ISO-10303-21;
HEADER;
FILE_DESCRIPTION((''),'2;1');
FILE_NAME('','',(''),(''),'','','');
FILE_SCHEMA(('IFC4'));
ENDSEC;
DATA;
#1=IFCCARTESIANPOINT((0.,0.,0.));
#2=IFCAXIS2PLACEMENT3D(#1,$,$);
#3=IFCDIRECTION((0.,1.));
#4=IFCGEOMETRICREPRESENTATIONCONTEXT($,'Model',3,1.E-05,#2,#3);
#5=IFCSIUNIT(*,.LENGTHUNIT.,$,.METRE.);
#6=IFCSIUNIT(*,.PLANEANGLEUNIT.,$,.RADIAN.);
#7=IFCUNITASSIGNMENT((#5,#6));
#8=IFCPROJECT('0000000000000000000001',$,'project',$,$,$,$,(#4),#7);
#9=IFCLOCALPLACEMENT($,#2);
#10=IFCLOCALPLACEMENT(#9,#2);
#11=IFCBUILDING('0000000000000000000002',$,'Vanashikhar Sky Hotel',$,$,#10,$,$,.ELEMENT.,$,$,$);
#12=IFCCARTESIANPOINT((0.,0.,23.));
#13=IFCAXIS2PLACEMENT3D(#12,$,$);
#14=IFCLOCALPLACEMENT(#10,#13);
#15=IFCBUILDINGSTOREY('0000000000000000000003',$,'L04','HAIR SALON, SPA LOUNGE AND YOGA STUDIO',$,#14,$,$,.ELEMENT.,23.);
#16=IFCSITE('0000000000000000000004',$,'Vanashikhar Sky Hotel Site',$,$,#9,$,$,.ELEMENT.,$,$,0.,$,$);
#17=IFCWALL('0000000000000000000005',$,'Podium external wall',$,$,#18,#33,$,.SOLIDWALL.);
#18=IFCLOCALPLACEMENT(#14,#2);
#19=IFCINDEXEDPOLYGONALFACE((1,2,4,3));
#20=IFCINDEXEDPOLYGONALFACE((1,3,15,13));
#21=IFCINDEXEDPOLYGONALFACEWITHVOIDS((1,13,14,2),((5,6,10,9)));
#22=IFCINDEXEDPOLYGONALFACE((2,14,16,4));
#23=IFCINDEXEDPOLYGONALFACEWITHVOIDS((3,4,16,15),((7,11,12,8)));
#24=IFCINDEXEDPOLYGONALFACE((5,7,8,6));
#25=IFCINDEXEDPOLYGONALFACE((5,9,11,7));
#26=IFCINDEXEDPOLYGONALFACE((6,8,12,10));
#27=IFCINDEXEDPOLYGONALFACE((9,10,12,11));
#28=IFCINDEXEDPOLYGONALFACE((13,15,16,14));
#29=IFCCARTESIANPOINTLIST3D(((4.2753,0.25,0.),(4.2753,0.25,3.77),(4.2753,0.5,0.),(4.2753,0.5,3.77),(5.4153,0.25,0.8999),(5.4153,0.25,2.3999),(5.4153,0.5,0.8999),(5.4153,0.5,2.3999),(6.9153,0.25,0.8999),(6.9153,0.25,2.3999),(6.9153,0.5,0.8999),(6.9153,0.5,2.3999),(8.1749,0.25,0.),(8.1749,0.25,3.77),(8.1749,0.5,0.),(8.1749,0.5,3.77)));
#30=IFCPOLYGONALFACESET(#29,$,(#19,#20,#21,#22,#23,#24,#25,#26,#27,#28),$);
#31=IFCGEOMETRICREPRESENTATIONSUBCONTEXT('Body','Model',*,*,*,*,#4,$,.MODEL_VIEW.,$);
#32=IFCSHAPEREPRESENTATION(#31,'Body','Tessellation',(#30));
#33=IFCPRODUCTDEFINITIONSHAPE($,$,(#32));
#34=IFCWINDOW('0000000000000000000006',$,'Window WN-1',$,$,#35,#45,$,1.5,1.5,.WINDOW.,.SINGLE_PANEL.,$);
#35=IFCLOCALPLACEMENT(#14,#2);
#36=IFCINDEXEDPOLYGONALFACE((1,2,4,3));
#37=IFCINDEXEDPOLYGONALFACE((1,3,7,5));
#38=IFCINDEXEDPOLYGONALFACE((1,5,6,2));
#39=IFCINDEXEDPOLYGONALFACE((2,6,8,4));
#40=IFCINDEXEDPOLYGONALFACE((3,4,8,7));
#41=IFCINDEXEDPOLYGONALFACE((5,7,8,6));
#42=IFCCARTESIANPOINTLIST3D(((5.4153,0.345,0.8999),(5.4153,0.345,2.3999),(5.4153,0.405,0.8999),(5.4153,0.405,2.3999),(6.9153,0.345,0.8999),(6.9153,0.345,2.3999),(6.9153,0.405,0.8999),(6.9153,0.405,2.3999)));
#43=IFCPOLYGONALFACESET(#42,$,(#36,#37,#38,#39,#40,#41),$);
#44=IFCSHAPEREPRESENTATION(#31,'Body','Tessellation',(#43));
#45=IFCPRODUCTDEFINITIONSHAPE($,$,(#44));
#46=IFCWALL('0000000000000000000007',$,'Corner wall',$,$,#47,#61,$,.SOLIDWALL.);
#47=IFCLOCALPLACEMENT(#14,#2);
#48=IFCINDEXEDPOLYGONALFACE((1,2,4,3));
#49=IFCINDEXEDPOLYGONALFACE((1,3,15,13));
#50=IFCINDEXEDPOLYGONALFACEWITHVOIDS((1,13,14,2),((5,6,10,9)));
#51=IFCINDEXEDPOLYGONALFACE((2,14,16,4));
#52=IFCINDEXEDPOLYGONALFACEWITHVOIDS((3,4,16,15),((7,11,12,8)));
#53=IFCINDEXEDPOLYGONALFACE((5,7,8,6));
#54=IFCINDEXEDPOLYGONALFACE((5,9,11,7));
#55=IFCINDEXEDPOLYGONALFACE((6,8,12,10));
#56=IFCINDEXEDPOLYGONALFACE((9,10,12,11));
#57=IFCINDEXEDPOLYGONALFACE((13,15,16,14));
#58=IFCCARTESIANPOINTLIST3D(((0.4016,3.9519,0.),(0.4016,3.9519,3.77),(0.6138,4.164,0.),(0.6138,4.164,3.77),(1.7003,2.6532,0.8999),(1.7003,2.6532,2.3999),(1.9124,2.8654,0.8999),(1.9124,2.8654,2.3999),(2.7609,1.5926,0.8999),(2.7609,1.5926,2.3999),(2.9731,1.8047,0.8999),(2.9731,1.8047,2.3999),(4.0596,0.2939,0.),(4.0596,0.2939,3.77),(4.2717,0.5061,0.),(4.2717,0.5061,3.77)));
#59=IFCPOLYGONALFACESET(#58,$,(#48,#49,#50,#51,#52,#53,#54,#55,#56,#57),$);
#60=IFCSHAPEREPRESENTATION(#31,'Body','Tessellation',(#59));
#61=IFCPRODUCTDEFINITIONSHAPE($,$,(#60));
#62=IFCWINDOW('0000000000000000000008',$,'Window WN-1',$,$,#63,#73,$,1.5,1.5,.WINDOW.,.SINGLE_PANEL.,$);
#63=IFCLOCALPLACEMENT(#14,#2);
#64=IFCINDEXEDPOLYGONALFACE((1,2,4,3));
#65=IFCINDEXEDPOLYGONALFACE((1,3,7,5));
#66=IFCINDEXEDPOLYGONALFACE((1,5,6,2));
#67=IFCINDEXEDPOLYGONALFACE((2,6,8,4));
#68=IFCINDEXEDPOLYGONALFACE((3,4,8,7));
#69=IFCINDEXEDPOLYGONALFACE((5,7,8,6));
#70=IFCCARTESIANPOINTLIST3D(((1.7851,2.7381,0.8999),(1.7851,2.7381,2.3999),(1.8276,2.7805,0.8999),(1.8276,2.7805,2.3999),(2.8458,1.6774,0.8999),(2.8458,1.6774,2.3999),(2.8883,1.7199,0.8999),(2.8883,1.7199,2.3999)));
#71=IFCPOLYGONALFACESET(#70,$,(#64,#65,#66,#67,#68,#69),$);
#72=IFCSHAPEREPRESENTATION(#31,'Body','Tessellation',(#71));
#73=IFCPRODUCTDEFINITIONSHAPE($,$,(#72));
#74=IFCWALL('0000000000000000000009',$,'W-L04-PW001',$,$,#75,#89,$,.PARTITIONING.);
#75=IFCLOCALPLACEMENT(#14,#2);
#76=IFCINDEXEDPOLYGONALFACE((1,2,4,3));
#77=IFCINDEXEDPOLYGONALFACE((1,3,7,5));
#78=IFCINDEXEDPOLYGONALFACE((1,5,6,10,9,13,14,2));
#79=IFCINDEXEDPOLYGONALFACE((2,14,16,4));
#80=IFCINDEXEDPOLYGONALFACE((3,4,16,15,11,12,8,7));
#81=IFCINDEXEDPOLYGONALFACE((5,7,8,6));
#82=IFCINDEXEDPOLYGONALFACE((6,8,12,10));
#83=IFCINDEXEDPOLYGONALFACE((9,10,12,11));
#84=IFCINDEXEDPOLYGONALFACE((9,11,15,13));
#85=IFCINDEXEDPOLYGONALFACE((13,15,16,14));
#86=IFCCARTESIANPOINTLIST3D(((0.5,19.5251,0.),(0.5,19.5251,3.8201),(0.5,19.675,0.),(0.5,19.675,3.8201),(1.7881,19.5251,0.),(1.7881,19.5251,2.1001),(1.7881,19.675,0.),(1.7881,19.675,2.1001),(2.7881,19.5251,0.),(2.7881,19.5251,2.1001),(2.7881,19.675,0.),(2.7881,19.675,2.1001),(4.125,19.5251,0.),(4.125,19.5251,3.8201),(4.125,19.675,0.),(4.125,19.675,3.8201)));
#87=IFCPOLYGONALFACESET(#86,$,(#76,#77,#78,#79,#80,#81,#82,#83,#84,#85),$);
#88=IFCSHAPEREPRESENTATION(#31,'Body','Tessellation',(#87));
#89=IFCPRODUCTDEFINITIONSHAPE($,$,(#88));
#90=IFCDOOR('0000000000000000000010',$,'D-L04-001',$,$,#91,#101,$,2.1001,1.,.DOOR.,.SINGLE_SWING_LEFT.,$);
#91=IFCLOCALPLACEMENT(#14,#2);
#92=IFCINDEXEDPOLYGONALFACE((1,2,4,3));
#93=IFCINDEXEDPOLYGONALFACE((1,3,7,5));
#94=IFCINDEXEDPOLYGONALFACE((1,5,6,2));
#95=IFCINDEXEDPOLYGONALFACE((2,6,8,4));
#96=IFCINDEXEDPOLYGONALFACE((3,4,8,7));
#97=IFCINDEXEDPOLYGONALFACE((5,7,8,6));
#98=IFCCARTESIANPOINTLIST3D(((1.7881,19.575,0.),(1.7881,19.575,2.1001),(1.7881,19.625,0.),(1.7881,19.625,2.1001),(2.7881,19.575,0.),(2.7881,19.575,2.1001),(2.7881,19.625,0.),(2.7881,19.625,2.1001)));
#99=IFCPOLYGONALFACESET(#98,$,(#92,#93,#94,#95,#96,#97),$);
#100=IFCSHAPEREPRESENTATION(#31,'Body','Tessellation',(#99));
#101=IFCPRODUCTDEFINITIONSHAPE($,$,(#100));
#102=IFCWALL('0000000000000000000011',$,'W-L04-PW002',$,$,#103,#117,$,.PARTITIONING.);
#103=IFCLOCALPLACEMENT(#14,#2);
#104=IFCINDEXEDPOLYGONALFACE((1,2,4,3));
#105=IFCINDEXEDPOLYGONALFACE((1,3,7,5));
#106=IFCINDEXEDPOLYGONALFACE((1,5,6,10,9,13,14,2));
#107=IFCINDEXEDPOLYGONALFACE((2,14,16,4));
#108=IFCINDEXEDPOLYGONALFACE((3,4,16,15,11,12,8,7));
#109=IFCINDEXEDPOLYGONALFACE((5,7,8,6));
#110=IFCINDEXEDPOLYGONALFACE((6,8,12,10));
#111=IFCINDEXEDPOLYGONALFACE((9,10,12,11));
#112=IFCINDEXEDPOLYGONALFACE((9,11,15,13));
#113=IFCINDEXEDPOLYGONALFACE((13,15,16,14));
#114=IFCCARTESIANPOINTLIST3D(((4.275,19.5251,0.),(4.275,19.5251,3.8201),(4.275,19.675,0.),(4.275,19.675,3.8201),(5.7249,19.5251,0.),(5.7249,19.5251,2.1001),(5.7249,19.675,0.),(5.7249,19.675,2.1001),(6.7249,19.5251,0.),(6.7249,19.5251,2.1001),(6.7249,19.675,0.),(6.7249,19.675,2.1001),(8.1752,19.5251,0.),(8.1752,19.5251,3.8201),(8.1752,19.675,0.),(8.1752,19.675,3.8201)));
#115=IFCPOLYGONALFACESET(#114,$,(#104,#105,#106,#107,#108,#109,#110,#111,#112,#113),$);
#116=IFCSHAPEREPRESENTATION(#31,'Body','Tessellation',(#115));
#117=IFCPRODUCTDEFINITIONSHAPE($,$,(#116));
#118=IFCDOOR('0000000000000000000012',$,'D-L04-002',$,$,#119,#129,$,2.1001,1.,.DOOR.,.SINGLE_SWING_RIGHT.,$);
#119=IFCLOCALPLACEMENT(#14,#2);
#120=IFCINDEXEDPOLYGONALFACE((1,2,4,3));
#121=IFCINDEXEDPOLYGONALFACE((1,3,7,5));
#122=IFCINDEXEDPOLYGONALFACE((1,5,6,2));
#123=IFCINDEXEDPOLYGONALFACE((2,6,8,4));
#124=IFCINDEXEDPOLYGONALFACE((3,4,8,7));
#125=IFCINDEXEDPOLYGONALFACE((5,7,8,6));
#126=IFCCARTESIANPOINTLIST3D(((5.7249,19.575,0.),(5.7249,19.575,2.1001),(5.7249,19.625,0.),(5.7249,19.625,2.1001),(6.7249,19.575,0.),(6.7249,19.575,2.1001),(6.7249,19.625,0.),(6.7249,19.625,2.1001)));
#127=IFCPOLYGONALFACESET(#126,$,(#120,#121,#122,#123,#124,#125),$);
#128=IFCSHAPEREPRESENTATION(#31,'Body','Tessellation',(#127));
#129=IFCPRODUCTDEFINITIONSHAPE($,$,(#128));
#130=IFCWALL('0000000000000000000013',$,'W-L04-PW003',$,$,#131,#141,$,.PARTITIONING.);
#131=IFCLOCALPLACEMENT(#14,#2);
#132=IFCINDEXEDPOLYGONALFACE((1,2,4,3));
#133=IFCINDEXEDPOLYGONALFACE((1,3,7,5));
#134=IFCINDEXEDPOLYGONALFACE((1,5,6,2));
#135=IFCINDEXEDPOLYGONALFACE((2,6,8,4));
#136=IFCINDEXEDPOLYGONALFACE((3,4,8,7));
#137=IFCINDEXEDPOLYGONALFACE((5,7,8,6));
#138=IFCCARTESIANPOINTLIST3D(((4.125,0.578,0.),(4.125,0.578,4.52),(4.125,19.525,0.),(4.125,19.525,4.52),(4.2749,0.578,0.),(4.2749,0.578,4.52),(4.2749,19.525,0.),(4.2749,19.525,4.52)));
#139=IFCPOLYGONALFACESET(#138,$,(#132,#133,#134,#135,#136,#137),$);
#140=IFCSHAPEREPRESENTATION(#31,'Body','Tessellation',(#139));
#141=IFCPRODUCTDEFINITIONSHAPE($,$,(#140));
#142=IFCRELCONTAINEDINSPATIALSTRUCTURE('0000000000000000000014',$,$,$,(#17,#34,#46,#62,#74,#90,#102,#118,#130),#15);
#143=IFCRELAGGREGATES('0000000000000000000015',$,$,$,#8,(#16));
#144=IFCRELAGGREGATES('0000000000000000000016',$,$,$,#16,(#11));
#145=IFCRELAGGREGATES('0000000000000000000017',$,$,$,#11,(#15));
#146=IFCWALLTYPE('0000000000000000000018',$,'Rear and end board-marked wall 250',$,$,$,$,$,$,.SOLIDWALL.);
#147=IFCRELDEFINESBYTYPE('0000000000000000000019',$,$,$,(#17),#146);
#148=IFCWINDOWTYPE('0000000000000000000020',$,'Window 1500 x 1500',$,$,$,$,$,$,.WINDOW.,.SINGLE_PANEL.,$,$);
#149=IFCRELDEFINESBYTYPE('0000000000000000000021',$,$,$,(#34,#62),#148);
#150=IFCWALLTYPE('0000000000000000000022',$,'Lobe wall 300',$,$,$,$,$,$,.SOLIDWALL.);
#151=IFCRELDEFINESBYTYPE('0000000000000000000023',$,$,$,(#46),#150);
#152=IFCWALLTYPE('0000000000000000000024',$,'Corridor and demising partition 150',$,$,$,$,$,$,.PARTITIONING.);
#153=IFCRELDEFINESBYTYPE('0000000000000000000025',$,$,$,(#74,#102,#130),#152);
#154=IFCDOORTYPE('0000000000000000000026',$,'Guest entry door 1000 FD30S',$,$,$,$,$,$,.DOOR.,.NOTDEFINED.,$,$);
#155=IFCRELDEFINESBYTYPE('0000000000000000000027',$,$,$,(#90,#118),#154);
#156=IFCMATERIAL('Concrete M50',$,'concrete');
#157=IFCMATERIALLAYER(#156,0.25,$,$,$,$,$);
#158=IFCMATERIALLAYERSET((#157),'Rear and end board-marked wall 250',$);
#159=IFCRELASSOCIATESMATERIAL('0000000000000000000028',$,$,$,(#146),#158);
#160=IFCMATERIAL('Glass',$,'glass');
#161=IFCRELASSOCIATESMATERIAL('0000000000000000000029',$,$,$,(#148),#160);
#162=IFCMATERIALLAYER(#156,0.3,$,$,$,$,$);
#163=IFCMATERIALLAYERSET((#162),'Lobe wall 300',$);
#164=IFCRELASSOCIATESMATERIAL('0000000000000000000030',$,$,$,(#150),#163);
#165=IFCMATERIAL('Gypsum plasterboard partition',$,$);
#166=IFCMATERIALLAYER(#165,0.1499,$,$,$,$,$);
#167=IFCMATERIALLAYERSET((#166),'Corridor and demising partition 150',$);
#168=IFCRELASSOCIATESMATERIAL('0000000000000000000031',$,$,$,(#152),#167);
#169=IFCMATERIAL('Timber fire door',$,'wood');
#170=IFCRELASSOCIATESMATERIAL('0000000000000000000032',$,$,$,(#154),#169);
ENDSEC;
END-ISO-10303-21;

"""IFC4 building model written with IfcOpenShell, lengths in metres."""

from ifc_helpers import new_model, si_unit, direction, frame, frame_2d, origin, place, context, subcontext, project, spatial, rectangle, extrude, source, transform, mapped, material, layer, layer_set, type_object, element, fill, save


model = new_model("IFC4")

# Units and contexts
model_context = context("Model", 3, precision=1e-05, world=origin(), true_north=direction((0.0, 1.0)))
body_context = subcontext(model_context, "Body", "Model", "MODEL_VIEW")
ifc_project = project(units=[si_unit("LENGTHUNIT", "METRE"), si_unit("PLANEANGLEUNIT", "RADIAN")], contexts=[model_context])

# Site, building, storey
site_placement = place(None, origin())
site = spatial("IfcSite", under=ifc_project, at=site_placement, Name="Vanashikhar Sky Hotel Site", CompositionType="ELEMENT", RefElevation=0.0)
building_placement = place(site_placement, origin())
building = spatial("IfcBuilding", under=site, at=building_placement, Name="Vanashikhar Sky Hotel", CompositionType="ELEMENT")
storey_placement = place(building_placement, frame((0.0, 0.0, 23.0)))
storey = spatial("IfcBuildingStorey", under=building, at=storey_placement, Name="L04", Description="HAIR SALON, SPA LOUNGE AND YOGA STUDIO", CompositionType="ELEMENT", Elevation=23.0)

# Shared definitions
ifc_material_1 = material(Name="Concrete M50", Category="concrete")

# Walls, openings, windows
ifc_layer_1 = layer(ifc_material_1, 0.25)
ifc_layer_set_1 = layer_set([ifc_layer_1], Name="Rear and end board-marked wall 250")
wall_type_1 = type_object("IfcWallType", Name="Rear and end board-marked wall 250", PredefinedType="SOLIDWALL", material=ifc_layer_set_1)
shared_shape_1 = source(origin(), body_context, "Body", "SweptSolid", [
    extrude(rectangle(XDim=1.5, YDim=1.5, at=frame_2d((0.75, 0.75))), frame((0.0, 0.135, 0.0), z_axis=(0.0, -1.0, 0.0), x_axis=(1.0, 0.0, 0.0)), (0.0, 0.0, 1.0), 0.27),
])
ifc_material_2 = material(Name="Glass", Category="glass")
window_type = type_object("IfcWindowType", Name="Window 1500 x 1500", PartitioningType="SINGLE_PANEL", PredefinedType="WINDOW", material=ifc_material_2)
shared_shape_2 = source(origin(), body_context, "Body", "SweptSolid", [
    extrude(rectangle(XDim=1.5, YDim=1.5, at=frame_2d((0.75, 0.75))), frame((0.0, 0.03, 0.0), z_axis=(0.0, -1.0, 0.0), x_axis=(1.0, 0.0, 0.0)), (0.0, 0.0, 1.0), 0.0601),
])
shared_shape_3 = source(origin(), body_context, "Body", "SweptSolid", [
    extrude(rectangle(XDim=3.8997, YDim=0.25, at=frame_2d((1.9497, 0.0))), origin(), (0.0, 0.0, 1.0), 3.77),
])
wall_1_placement = place(storey_placement, frame((4.2754, 0.375, 0.0), z_axis=(0.0, 0.0, 1.0), x_axis=(1.0, 0.0, 0.0)))
wall_1 = element("IfcWall", 1, at=wall_1_placement, inside=storey, type_object=wall_type_1, Name="Podium external wall", PredefinedType="SOLIDWALL", context=body_context, shape_type="MappedRepresentation", body=[
    mapped(shared_shape_3, transform((0.0, 0.0, 0.0), scale=1.0)),
])
opening_1_placement = place(wall_1_placement, frame((1.1399, 0.0, 0.8999)))
opening_1 = element("IfcOpeningElement", 2, at=opening_1_placement, cuts=wall_1, PredefinedType="OPENING", context=body_context, shape_type="MappedRepresentation", body=[
    mapped(shared_shape_1, transform((0.0, 0.0, 0.0), scale=1.0)),
])
window_1_placement = place(opening_1_placement, origin())
window_1 = element("IfcWindow", 3, at=window_1_placement, inside=storey, type_object=window_type, Name="Window WN-1", OverallHeight=1.5, OverallWidth=1.5, PartitioningType="SINGLE_PANEL", PredefinedType="WINDOW", context=body_context, shape_type="MappedRepresentation", body=[
    mapped(shared_shape_2, transform((0.0, 0.0, 0.0), scale=1.0)),
])
fill(opening_1, window_1)
ifc_layer_2 = layer(ifc_material_1, 0.3)
ifc_layer_set_2 = layer_set([ifc_layer_2], Name="Lobe wall 300")
wall_type_2 = type_object("IfcWallType", Name="Lobe wall 300", PredefinedType="SOLIDWALL", material=ifc_layer_set_2)
shared_shape_4 = source(origin(), body_context, "Body", "SweptSolid", [
    extrude(rectangle(XDim=5.1731, YDim=0.3, at=frame_2d((2.5864, 0.0))), origin(), (0.0, 0.0, 1.0), 3.77),
])
wall_2_placement = place(storey_placement, frame((0.5078, 4.0579, 0.0), z_axis=(0.0, 0.0, 1.0), x_axis=(0.707107, -0.707107, 0.0)))
wall_2 = element("IfcWall", 4, at=wall_2_placement, inside=storey, type_object=wall_type_2, Name="Corner wall", PredefinedType="SOLIDWALL", context=body_context, shape_type="MappedRepresentation", body=[
    mapped(shared_shape_4, transform((0.0, 0.0, 0.0), scale=1.0)),
])
shared_shape_5 = source(origin(), body_context, "Body", "SweptSolid", [
    extrude(rectangle(XDim=1.5, YDim=1.5, at=frame_2d((0.75, 0.75))), frame((0.0, 0.1602, 0.0), z_axis=(0.0, -1.0, 0.0), x_axis=(1.0, 0.0, 0.0)), (0.0, 0.0, 1.0), 0.3201),
])
opening_2_placement = place(wall_2_placement, frame((1.8364, 0.0, 0.8999)))
opening_2 = element("IfcOpeningElement", 5, at=opening_2_placement, cuts=wall_2, PredefinedType="OPENING", context=body_context, shape_type="MappedRepresentation", body=[
    mapped(shared_shape_5, transform((0.0, 0.0, 0.0), scale=1.0)),
])
window_2_placement = place(opening_2_placement, origin())
window_2 = element("IfcWindow", 6, at=window_2_placement, inside=storey, type_object=window_type, Name="Window WN-1", OverallHeight=1.5, OverallWidth=1.5, PartitioningType="SINGLE_PANEL", PredefinedType="WINDOW", context=body_context, shape_type="MappedRepresentation", body=[
    mapped(shared_shape_2, transform((0.0, 0.0, 0.0), scale=1.0)),
])
fill(opening_2, window_2)

# Walls, openings, doors
ifc_material_3 = material(Name="Gypsum plasterboard partition")
ifc_layer_3 = layer(ifc_material_3, 0.1499)
ifc_layer_set_3 = layer_set([ifc_layer_3], Name="Corridor and demising partition 150")
wall_type_3 = type_object("IfcWallType", Name="Corridor and demising partition 150", PredefinedType="PARTITIONING", material=ifc_layer_set_3)
shared_shape_6 = source(origin(), body_context, "Body", "SweptSolid", [
    extrude(rectangle(XDim=3.625, YDim=0.1499, at=frame_2d((1.8125, 0.0))), origin(), (0.0, 0.0, 1.0), 3.8201),
])
wall_3_placement = place(storey_placement, frame((0.5, 19.6001, 0.0), z_axis=(0.0, 0.0, 1.0), x_axis=(1.0, 0.0, 0.0)))
wall_3 = element("IfcWall", 7, at=wall_3_placement, inside=storey, type_object=wall_type_3, Name="W-L04-PW001", PredefinedType="PARTITIONING", context=body_context, shape_type="MappedRepresentation", body=[
    mapped(shared_shape_6, transform((0.0, 0.0, 0.0), scale=1.0)),
])
shared_shape_7 = source(origin(), body_context, "Body", "SweptSolid", [
    extrude(rectangle(XDim=1.0, YDim=2.1001, at=frame_2d((0.5, 1.05))), frame((0.0, 0.085, 0.0), z_axis=(0.0, -1.0, 0.0), x_axis=(1.0, 0.0, 0.0)), (0.0, 0.0, 1.0), 0.1699),
])
opening_3_placement = place(wall_3_placement, frame((1.2881, 0.0, 0.0)))
opening_3 = element("IfcOpeningElement", 8, at=opening_3_placement, cuts=wall_3, PredefinedType="OPENING", context=body_context, shape_type="MappedRepresentation", body=[
    mapped(shared_shape_7, transform((0.0, 0.0, 0.0), scale=1.0)),
])
ifc_material_4 = material(Name="Timber fire door", Category="wood")
door_type = type_object("IfcDoorType", Name="Guest entry door 1000 FD30S", OperationType="NOTDEFINED", PredefinedType="DOOR", material=ifc_material_4)
shared_shape_8 = source(origin(), body_context, "Body", "SweptSolid", [
    extrude(rectangle(XDim=1.0, YDim=2.1001, at=frame_2d((0.5, 1.05))), frame((0.0, 0.0249, 0.0), z_axis=(0.0, -1.0, 0.0), x_axis=(1.0, 0.0, 0.0)), (0.0, 0.0, 1.0), 0.05),
])
door_1_placement = place(opening_3_placement, origin())
door_1 = element("IfcDoor", 9, at=door_1_placement, inside=storey, type_object=door_type, Name="D-L04-001", OperationType="SINGLE_SWING_LEFT", OverallHeight=2.1001, OverallWidth=1.0, PredefinedType="DOOR", context=body_context, shape_type="MappedRepresentation", body=[
    mapped(shared_shape_8, transform((0.0, 0.0, 0.0), scale=1.0)),
])
fill(opening_3, door_1)
shared_shape_9 = source(origin(), body_context, "Body", "SweptSolid", [
    extrude(rectangle(XDim=3.9001, YDim=0.1499, at=frame_2d((1.9502, 0.0))), origin(), (0.0, 0.0, 1.0), 3.8201),
])
wall_4_placement = place(storey_placement, frame((4.2749, 19.6001, 0.0), z_axis=(0.0, 0.0, 1.0), x_axis=(1.0, 0.0, 0.0)))
wall_4 = element("IfcWall", 10, at=wall_4_placement, inside=storey, type_object=wall_type_3, Name="W-L04-PW002", PredefinedType="PARTITIONING", context=body_context, shape_type="MappedRepresentation", body=[
    mapped(shared_shape_9, transform((0.0, 0.0, 0.0), scale=1.0)),
])
opening_4_placement = place(wall_4_placement, frame((1.45, 0.0, 0.0)))
opening_4 = element("IfcOpeningElement", 11, at=opening_4_placement, cuts=wall_4, PredefinedType="OPENING", context=body_context, shape_type="MappedRepresentation", body=[
    mapped(shared_shape_7, transform((0.0, 0.0, 0.0), scale=1.0)),
])
door_2_placement = place(opening_4_placement, origin())
door_2 = element("IfcDoor", 12, at=door_2_placement, inside=storey, type_object=door_type, Name="D-L04-002", OperationType="SINGLE_SWING_RIGHT", OverallHeight=2.1001, OverallWidth=1.0, PredefinedType="DOOR", context=body_context, shape_type="MappedRepresentation", body=[
    mapped(shared_shape_8, transform((0.0, 0.0, 0.0), scale=1.0)),
])
fill(opening_4, door_2)

# Wall
shared_shape_10 = source(origin(), body_context, "Body", "SweptSolid", [
    extrude(rectangle(XDim=18.947, YDim=0.1499, at=frame_2d((9.4736, 0.0))), origin(), (0.0, 0.0, 1.0), 4.52),
])
wall_5_placement = place(storey_placement, frame((4.2, 0.5779, 0.0), z_axis=(0.0, 0.0, 1.0), x_axis=(0.0, 1.0, 0.0)))
element("IfcWall", 13, at=wall_5_placement, inside=storey, type_object=wall_type_3, Name="W-L04-PW003", PredefinedType="PARTITIONING", context=body_context, shape_type="MappedRepresentation", body=[
    mapped(shared_shape_10, transform((0.0, 0.0, 0.0), scale=1.0)),
])

save(model, "model.ifc")
